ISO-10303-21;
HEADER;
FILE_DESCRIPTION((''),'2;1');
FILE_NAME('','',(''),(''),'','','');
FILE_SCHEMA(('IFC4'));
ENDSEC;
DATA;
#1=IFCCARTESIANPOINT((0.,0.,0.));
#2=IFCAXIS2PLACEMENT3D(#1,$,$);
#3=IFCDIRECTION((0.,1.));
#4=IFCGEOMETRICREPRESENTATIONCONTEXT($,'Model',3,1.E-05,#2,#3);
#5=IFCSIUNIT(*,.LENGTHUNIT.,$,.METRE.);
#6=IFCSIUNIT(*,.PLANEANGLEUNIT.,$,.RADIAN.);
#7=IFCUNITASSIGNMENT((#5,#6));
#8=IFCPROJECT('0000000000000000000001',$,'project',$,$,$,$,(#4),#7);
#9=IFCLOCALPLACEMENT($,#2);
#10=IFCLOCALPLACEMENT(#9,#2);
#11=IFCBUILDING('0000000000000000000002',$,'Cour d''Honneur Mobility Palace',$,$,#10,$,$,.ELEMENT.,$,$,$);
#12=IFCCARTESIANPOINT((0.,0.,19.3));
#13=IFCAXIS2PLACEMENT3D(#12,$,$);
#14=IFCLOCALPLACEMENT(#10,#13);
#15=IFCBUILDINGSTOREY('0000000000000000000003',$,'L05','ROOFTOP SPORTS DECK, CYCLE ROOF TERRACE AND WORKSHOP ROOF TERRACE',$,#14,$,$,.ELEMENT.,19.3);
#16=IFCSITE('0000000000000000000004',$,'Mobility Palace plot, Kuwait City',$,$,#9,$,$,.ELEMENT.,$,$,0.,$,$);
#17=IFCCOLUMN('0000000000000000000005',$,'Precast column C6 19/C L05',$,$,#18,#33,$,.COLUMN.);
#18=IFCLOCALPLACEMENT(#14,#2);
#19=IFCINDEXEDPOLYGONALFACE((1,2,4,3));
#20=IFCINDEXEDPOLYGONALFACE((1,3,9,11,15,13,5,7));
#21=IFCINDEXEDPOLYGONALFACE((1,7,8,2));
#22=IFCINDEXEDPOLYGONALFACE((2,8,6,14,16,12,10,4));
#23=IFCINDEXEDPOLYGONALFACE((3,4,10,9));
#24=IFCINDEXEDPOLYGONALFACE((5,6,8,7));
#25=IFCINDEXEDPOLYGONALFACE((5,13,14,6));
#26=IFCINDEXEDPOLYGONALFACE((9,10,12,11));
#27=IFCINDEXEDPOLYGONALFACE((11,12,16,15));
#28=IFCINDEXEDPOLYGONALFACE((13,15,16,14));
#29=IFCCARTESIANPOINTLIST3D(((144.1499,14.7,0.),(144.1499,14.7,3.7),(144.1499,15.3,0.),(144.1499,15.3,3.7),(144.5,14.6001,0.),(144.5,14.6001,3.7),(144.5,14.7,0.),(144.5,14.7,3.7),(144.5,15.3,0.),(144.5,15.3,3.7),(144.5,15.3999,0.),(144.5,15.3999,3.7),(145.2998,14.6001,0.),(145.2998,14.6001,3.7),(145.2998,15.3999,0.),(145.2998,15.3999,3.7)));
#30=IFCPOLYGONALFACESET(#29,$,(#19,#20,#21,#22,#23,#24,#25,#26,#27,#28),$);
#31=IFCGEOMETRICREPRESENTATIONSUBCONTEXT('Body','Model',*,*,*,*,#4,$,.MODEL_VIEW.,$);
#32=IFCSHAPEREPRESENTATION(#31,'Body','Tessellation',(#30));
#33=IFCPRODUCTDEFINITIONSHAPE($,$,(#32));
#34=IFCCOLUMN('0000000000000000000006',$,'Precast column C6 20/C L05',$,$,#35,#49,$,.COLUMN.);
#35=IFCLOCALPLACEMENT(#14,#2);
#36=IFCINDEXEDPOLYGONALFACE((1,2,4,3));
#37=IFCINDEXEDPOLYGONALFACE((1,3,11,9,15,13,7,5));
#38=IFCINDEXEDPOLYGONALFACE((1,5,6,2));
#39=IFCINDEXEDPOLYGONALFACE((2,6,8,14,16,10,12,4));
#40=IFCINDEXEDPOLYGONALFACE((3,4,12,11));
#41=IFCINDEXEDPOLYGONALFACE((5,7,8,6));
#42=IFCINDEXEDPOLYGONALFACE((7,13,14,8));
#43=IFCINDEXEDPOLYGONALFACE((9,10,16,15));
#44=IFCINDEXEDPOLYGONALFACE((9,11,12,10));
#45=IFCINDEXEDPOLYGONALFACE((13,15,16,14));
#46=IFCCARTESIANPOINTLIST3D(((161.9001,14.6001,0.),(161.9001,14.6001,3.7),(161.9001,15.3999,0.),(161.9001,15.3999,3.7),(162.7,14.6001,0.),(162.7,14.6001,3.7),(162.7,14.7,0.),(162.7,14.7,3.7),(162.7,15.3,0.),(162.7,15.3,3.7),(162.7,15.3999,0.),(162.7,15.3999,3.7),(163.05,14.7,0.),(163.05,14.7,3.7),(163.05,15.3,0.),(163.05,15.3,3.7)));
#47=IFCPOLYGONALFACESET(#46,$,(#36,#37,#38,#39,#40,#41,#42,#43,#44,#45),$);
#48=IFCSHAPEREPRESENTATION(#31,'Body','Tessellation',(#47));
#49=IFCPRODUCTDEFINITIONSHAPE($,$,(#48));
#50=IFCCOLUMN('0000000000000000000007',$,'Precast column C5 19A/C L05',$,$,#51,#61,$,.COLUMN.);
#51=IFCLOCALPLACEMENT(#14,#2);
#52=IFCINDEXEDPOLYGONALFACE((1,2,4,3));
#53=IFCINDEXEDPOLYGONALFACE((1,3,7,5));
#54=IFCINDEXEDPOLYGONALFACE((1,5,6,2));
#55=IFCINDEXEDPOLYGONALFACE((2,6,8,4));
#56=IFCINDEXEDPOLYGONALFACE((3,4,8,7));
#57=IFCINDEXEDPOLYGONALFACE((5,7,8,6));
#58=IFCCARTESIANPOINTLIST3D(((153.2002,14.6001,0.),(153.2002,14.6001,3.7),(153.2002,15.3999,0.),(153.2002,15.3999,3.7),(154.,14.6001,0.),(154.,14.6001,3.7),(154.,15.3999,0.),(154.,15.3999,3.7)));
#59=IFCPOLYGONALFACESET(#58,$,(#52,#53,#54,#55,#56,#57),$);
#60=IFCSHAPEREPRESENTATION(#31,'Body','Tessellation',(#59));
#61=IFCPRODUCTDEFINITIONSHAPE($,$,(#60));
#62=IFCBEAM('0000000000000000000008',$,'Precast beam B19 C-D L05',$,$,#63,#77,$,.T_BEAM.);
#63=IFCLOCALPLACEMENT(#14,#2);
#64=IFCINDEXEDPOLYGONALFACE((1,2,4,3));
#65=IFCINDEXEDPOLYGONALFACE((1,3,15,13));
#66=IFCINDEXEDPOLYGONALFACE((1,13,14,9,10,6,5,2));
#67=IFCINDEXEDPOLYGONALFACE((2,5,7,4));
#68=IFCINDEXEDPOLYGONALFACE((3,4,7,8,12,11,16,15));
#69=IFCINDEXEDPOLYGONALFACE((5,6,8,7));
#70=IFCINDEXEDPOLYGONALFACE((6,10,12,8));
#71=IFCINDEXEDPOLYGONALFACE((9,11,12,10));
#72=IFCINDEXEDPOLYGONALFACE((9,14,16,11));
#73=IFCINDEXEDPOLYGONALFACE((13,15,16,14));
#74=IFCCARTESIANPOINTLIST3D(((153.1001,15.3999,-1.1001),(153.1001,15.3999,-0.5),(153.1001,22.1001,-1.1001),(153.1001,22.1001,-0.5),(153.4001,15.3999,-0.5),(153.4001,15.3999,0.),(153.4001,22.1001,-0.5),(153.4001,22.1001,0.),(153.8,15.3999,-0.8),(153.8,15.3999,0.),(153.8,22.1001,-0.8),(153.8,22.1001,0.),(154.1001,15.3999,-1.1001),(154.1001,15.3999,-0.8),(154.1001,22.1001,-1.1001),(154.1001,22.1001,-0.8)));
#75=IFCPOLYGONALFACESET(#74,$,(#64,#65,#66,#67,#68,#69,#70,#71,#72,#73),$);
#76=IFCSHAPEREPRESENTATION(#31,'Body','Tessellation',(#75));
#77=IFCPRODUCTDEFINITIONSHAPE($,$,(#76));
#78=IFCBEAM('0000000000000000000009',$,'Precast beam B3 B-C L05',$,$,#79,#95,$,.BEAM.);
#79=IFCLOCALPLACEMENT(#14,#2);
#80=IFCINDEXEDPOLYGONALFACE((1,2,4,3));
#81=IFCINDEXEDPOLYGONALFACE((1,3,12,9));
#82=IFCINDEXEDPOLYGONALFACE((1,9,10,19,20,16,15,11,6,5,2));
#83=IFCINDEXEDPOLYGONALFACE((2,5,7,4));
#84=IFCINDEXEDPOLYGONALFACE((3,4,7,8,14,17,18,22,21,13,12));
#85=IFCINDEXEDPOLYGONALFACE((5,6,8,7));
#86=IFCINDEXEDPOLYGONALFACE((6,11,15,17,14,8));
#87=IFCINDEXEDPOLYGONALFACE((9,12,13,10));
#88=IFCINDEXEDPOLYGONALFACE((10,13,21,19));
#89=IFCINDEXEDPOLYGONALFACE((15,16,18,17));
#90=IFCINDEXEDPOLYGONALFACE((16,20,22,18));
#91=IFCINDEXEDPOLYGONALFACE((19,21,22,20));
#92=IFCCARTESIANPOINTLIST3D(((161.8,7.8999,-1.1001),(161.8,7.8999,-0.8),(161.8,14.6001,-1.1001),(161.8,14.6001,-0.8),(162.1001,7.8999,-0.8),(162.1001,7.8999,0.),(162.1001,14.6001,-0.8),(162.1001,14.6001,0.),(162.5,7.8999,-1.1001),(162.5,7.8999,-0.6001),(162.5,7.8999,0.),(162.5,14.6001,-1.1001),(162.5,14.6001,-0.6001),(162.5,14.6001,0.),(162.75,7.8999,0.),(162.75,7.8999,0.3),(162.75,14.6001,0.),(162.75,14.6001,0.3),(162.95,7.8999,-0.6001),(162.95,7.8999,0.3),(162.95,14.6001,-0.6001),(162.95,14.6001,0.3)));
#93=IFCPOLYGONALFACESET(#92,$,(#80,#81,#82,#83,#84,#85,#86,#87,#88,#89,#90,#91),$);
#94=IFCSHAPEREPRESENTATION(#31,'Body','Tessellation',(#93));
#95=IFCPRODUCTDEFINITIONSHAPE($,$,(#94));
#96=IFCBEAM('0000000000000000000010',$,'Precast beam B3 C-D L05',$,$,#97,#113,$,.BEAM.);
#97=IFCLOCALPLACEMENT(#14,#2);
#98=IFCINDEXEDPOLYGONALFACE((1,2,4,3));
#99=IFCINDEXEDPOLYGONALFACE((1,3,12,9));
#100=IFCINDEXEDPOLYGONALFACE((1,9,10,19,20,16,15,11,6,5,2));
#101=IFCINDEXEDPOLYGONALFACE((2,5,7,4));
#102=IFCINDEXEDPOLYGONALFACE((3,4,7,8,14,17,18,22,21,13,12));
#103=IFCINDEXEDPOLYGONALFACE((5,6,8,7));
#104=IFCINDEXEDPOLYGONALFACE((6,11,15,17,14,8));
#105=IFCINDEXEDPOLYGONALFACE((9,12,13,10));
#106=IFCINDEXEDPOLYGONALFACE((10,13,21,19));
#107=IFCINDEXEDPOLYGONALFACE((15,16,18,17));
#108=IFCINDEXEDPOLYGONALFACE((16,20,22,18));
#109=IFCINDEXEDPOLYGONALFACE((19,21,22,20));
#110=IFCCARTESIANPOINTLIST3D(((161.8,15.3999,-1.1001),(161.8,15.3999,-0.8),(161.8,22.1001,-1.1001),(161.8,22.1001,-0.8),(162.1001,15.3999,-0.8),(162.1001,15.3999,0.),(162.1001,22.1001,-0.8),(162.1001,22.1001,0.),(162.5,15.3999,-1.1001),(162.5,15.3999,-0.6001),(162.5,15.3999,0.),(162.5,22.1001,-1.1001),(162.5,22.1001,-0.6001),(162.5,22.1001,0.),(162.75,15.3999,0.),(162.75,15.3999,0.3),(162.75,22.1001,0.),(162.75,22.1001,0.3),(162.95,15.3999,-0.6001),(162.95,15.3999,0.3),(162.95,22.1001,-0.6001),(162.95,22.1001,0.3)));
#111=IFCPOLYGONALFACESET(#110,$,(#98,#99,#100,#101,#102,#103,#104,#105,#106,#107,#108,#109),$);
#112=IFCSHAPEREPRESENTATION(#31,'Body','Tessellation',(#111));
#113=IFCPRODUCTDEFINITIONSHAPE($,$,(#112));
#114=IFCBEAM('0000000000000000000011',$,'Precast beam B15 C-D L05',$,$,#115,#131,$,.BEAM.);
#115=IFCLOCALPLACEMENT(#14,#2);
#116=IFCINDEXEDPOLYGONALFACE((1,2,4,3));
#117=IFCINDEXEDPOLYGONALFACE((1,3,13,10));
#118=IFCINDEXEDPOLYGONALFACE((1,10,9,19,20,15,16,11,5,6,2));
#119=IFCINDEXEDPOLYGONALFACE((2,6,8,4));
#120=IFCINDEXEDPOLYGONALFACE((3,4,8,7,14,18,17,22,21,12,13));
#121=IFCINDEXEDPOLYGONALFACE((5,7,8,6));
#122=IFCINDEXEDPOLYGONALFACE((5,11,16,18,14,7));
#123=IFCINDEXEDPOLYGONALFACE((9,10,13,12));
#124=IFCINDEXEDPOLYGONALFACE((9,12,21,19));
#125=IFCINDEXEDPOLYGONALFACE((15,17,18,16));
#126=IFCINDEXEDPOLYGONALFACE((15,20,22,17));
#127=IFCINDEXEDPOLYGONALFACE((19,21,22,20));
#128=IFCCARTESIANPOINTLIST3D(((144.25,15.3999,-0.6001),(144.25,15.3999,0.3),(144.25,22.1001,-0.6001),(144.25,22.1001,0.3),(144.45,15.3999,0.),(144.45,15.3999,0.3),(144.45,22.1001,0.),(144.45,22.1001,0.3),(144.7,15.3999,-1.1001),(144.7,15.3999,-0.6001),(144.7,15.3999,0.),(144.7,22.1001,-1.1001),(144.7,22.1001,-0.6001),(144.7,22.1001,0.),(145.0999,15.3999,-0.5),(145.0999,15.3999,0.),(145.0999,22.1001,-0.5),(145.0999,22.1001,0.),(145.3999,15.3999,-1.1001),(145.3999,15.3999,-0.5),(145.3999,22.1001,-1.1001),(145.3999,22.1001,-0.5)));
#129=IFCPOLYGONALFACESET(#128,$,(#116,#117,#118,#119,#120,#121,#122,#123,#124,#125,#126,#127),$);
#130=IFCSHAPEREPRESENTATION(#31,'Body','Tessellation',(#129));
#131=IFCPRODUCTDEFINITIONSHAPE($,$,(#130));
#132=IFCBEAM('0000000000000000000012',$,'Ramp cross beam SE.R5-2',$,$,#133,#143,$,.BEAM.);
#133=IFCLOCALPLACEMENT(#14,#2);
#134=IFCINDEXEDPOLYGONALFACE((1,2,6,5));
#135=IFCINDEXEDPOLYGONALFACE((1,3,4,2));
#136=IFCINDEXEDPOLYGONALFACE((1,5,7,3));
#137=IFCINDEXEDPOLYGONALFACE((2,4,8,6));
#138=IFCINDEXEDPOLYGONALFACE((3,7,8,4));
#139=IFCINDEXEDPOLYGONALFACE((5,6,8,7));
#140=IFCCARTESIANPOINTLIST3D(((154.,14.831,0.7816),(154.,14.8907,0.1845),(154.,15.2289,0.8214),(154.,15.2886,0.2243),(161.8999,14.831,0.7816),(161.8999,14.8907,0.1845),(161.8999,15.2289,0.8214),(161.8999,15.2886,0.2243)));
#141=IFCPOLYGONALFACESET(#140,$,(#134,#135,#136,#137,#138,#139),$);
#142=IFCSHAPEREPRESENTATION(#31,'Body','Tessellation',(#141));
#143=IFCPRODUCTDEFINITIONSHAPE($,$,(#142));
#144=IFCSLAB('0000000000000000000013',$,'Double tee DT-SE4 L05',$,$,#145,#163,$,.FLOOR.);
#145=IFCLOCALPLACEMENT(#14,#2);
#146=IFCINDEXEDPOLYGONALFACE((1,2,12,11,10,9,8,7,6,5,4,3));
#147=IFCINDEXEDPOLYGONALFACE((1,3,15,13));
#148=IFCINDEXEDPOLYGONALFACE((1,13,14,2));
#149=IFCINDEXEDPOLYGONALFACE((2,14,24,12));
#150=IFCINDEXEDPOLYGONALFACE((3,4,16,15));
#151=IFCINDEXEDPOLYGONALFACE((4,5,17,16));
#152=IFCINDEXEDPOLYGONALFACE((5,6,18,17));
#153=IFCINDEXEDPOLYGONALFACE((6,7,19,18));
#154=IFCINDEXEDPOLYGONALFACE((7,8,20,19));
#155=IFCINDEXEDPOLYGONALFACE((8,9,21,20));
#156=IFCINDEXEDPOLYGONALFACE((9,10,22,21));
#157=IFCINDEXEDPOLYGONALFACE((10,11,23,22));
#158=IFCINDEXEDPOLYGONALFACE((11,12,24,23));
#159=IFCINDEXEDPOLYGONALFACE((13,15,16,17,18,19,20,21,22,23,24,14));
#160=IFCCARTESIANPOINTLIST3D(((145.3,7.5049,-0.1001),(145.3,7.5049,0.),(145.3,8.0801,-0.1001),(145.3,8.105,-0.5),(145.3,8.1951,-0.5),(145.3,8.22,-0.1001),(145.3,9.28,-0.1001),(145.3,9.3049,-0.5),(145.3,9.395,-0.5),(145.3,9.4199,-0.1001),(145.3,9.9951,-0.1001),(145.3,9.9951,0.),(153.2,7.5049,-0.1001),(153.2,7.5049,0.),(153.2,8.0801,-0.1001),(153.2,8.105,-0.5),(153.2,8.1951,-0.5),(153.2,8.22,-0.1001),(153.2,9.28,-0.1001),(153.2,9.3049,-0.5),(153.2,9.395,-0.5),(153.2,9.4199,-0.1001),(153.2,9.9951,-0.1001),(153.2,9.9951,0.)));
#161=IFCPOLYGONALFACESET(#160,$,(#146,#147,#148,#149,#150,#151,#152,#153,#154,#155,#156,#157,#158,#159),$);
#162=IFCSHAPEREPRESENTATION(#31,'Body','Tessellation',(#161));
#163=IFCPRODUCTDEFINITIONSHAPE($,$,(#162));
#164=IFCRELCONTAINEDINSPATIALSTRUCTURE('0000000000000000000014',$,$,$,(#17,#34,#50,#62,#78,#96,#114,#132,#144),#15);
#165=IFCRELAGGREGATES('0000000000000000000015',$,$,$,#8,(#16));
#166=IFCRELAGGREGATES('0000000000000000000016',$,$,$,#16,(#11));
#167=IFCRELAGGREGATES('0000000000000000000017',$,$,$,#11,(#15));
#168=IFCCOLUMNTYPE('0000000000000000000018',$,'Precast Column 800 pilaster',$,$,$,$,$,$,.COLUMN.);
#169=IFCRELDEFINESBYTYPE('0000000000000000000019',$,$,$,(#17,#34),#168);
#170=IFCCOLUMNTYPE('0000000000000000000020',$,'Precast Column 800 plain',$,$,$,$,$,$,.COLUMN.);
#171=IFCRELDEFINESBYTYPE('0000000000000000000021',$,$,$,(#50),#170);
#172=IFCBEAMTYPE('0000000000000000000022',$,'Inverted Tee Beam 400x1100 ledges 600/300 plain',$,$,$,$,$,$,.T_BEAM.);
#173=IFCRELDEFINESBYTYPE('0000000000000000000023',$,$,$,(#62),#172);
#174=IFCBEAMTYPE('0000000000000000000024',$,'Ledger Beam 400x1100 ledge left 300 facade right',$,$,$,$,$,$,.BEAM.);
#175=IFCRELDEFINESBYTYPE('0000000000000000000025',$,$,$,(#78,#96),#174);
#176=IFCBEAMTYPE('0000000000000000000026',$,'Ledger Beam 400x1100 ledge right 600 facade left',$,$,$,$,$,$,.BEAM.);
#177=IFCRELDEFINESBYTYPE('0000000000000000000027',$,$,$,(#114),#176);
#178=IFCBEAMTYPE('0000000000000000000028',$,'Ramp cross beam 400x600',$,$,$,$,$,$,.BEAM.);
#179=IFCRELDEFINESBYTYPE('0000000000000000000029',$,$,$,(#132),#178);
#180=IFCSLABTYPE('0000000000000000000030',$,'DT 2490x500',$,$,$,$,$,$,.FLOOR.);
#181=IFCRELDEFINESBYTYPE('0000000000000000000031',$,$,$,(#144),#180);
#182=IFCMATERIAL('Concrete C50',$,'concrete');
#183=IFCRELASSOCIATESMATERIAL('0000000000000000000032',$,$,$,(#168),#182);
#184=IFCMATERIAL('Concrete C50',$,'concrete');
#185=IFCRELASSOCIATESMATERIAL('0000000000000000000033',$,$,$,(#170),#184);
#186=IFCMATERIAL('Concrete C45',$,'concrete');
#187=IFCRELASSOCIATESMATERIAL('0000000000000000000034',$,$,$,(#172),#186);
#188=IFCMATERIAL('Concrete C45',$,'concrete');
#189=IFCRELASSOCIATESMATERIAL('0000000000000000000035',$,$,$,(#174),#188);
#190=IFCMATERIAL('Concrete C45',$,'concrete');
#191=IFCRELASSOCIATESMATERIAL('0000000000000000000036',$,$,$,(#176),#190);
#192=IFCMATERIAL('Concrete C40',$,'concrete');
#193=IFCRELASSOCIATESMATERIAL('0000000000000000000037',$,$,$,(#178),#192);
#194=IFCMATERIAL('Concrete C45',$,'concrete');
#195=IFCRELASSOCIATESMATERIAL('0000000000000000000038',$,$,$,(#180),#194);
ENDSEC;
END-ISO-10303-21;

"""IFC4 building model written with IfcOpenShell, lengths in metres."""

from ifc_helpers import new_model, si_unit, direction, frame, origin, origin_2d, place, context, subcontext, project, spatial, polyline, rectangle, outline, extrude, material, material_profile, profile_set, type_object, element, save


model = new_model("IFC4")

# Units and contexts
model_context = context("Model", 3, precision=1e-05, world=origin(), true_north=direction((0.0, 1.0)))
body_context = subcontext(model_context, "Body", "Model", "MODEL_VIEW")
ifc_project = project(units=[si_unit("LENGTHUNIT", "METRE"), si_unit("PLANEANGLEUNIT", "RADIAN")], contexts=[model_context])

# Site, building, storey
site_placement = place(None, origin())
site = spatial("IfcSite", under=ifc_project, at=site_placement, Name="Mobility Palace plot, Kuwait City", CompositionType="ELEMENT", RefElevation=0.0)
building_placement = place(site_placement, origin())
building = spatial("IfcBuilding", under=site, at=building_placement, Name="Cour d'Honneur Mobility Palace", CompositionType="ELEMENT")
storey_placement = place(building_placement, frame((0.0, 0.0, 19.3)))
storey = spatial("IfcBuildingStorey", under=building, at=storey_placement, Name="L05", Description="ROOFTOP SPORTS DECK, CYCLE ROOF TERRACE AND WORKSHOP ROOF TERRACE", CompositionType="ELEMENT", Elevation=19.3)

# Columns
ifc_material_1 = material(Name="Concrete C50", Category="concrete")
ifc_material_profile_1 = material_profile(ifc_material_1, outline(polyline([(-0.3999, -0.3999), (0.3999, -0.3999), (0.3999, -0.3), (0.75, -0.3), (0.75, 0.3), (0.3999, 0.3), (0.3999, 0.3999), (-0.3999, 0.3999), (-0.3999, -0.3999)])), Name="PC C800 pilaster")
ifc_profile_set_1 = profile_set([ifc_material_profile_1], Name="Concrete C50")
column_type_1 = type_object("IfcColumnType", Name="Precast Column 800 pilaster", PredefinedType="COLUMN", material=ifc_profile_set_1)
for number, where, z_axis, x_axis, name in (
    (1, (144.8999, 15.0, 0.0), (0.0, 0.0, 1.0), (-1.0, 0.0, 0.0), "Precast column C6 19/C L05"),
    (2, (162.3, 15.0, 0.0), (0.0, 0.0, 1.0), (1.0, 0.0, 0.0), "Precast column C6 20/C L05"),
):
    element("IfcColumn", number, at=place(storey_placement, frame(where, z_axis=z_axis, x_axis=x_axis)), inside=storey, type_object=column_type_1, Name=name, PredefinedType="COLUMN", context=body_context, shape_type="SweptSolid", body=[
        extrude(outline(polyline([(-0.3999, -0.3999), (0.3999, -0.3999), (0.3999, -0.3), (0.75, -0.3), (0.75, 0.3), (0.3999, 0.3), (0.3999, 0.3999), (-0.3999, 0.3999), (-0.3999, -0.3999)])), origin(), (0.0, 0.0, 1.0), 3.7),
    ])
ifc_material_2 = material(Name="Concrete C50", Category="concrete")
ifc_material_profile_2 = material_profile(ifc_material_2, outline(polyline([(-0.3999, -0.3999), (0.3999, -0.3999), (0.3999, 0.3999), (-0.3999, 0.3999), (-0.3999, -0.3999)])), Name="PC C800 plain")
ifc_profile_set_2 = profile_set([ifc_material_profile_2], Name="Concrete C50")
column_type_2 = type_object("IfcColumnType", Name="Precast Column 800 plain", PredefinedType="COLUMN", material=ifc_profile_set_2)
column_placement = place(storey_placement, frame((153.6001, 15.0, 0.0), z_axis=(0.0, 0.0, 1.0), x_axis=(1.0, 0.0, 0.0)))
element("IfcColumn", 3, at=column_placement, inside=storey, type_object=column_type_2, Name="Precast column C5 19A/C L05", PredefinedType="COLUMN", context=body_context, shape_type="SweptSolid", body=[
    extrude(outline(polyline([(-0.3999, -0.3999), (0.3999, -0.3999), (0.3999, 0.3999), (-0.3999, 0.3999), (-0.3999, -0.3999)])), origin(), (0.0, 0.0, 1.0), 3.7),
])

# Beams
ifc_material_3 = material(Name="Concrete C45", Category="concrete")
ifc_material_profile_3 = material_profile(ifc_material_3, outline(polyline([(0.5, -1.1001), (0.5, -0.5), (0.2, -0.5), (0.2, 0.0), (-0.2, 0.0), (-0.2, -0.8), (-0.5, -0.8), (-0.5, -1.1001), (0.5, -1.1001)])), Name="Inverted Tee Beam 400x1100 ledges 600/300 plain")
ifc_profile_set_3 = profile_set([ifc_material_profile_3], Name="Concrete C45")
beam_type_1 = type_object("IfcBeamType", Name="Inverted Tee Beam 400x1100 ledges 600/300 plain", PredefinedType="T_BEAM", material=ifc_profile_set_3)
beam_1_placement = place(storey_placement, frame((153.6001, 15.3999, 0.0), z_axis=(0.0, 1.0, 0.0), x_axis=(-1.0, 0.0, 0.0)))
element("IfcBeam", 4, at=beam_1_placement, inside=storey, type_object=beam_type_1, Name="Precast beam B19 C-D L05", PredefinedType="T_BEAM", context=body_context, shape_type="SweptSolid", body=[
    extrude(outline(polyline([(0.5, -1.1001), (0.5, -0.5), (0.2, -0.5), (0.2, 0.0), (-0.2, 0.0), (-0.2, -0.8), (-0.5, -0.8), (-0.5, -1.1001), (0.5, -1.1001)])), origin(), (0.0, 0.0, 1.0), 6.7002),
])
ifc_material_4 = material(Name="Concrete C45", Category="concrete")
ifc_material_profile_4 = material_profile(ifc_material_4, outline(polyline([(0.5, -1.1001), (0.5, -0.8), (0.2, -0.8), (0.2, 0.0), (-0.2, 0.0), (-0.45, 0.0), (-0.45, 0.3), (-0.6499, 0.3), (-0.6499, -0.6001), (-0.2, -0.6001), (-0.2, -1.1001), (0.5, -1.1001)])), Name="Ledger Beam 400x1100 ledge left 300 facade right")
ifc_profile_set_4 = profile_set([ifc_material_profile_4], Name="Concrete C45")
beam_type_2 = type_object("IfcBeamType", Name="Ledger Beam 400x1100 ledge left 300 facade right", PredefinedType="BEAM", material=ifc_profile_set_4)
for number, where, z_axis, x_axis, name in (
    (5, (162.3, 7.8999, 0.0), (0.0, 1.0, 0.0), (-1.0, 0.0, 0.0), "Precast beam B3 B-C L05"),
    (6, (162.3, 15.3999, 0.0), (0.0, 1.0, 0.0), (-1.0, 0.0, 0.0), "Precast beam B3 C-D L05"),
):
    element("IfcBeam", number, at=place(storey_placement, frame(where, z_axis=z_axis, x_axis=x_axis)), inside=storey, type_object=beam_type_2, Name=name, PredefinedType="BEAM", context=body_context, shape_type="SweptSolid", body=[
        extrude(outline(polyline([(0.5, -1.1001), (0.5, -0.8), (0.2, -0.8), (0.2, 0.0), (-0.2, 0.0), (-0.45, 0.0), (-0.45, 0.3), (-0.6499, 0.3), (-0.6499, -0.6001), (-0.2, -0.6001), (-0.2, -1.1001), (0.5, -1.1001)])), origin(), (0.0, 0.0, 1.0), 6.7002),
    ])
ifc_material_5 = material(Name="Concrete C45", Category="concrete")
ifc_material_profile_5 = material_profile(ifc_material_5, outline(polyline([(0.2, -1.1001), (0.2, -0.6001), (0.6499, -0.6001), (0.6499, 0.3), (0.45, 0.3), (0.45, 0.0), (0.2, 0.0), (-0.2, 0.0), (-0.2, -0.5), (-0.5, -0.5), (-0.5, -1.1001), (0.2, -1.1001)])), Name="Ledger Beam 400x1100 ledge right 600 facade left")
ifc_profile_set_5 = profile_set([ifc_material_profile_5], Name="Concrete C45")
beam_type_3 = type_object("IfcBeamType", Name="Ledger Beam 400x1100 ledge right 600 facade left", PredefinedType="BEAM", material=ifc_profile_set_5)
beam_2_placement = place(storey_placement, frame((144.8999, 15.3999, 0.0), z_axis=(0.0, 1.0, 0.0), x_axis=(-1.0, 0.0, 0.0)))
element("IfcBeam", 7, at=beam_2_placement, inside=storey, type_object=beam_type_3, Name="Precast beam B15 C-D L05", PredefinedType="BEAM", context=body_context, shape_type="SweptSolid", body=[
    extrude(outline(polyline([(0.2, -1.1001), (0.2, -0.6001), (0.6499, -0.6001), (0.6499, 0.3), (0.45, 0.3), (0.45, 0.0), (0.2, 0.0), (-0.2, 0.0), (-0.2, -0.5), (-0.5, -0.5), (-0.5, -1.1001), (0.2, -1.1001)])), origin(), (0.0, 0.0, 1.0), 6.7002),
])
ifc_material_6 = material(Name="Concrete C40", Category="concrete")
ifc_material_profile_6 = material_profile(ifc_material_6, rectangle(XDim=0.3999, YDim=0.6001, at=origin_2d()), Name="Ramp cross beam 400x600")
ifc_profile_set_6 = profile_set([ifc_material_profile_6], Name="Concrete C40")
beam_type_4 = type_object("IfcBeamType", Name="Ramp cross beam 400x600", PredefinedType="BEAM", material=ifc_profile_set_6)
beam_3_placement = place(storey_placement, frame((161.8999, 15.0598, 0.5029), z_axis=(-1.0, 0.0, 0.0), x_axis=(0.0, -0.995037, -0.099504)))
element("IfcBeam", 8, at=beam_3_placement, inside=storey, type_object=beam_type_4, Name="Ramp cross beam SE.R5-2", PredefinedType="BEAM", context=body_context, shape_type="SweptSolid", body=[
    extrude(rectangle(XDim=0.3999, YDim=0.6001, at=origin_2d()), origin(), (0.0, 0.0, 1.0), 7.8999),
])

# Slab
ifc_material_7 = material(Name="Concrete C45", Category="concrete")
ifc_material_profile_7 = material_profile(ifc_material_7, outline(polyline([(-1.2451, 0.0), (1.2451, 0.0), (1.2451, -0.1001), (0.6699, -0.1001), (0.645, -0.5), (0.5549, -0.5), (0.53, -0.1001), (-0.53, -0.1001), (-0.5549, -0.5), (-0.645, -0.5), (-0.6699, -0.1001), (-1.2451, -0.1001), (-1.2451, 0.0)])), Name="DT 2490x500")
ifc_profile_set_7 = profile_set([ifc_material_profile_7], Name="Concrete C45")
slab_type = type_object("IfcSlabType", Name="DT 2490x500", PredefinedType="FLOOR", material=ifc_profile_set_7)
slab_1_placement = place(storey_placement, frame((145.3, 8.75, 0.0), z_axis=(1.0, 0.0, 0.0), x_axis=(0.0, 1.0, 0.0)))
element("IfcSlab", 9, at=slab_1_placement, inside=storey, type_object=slab_type, Name="Double tee DT-SE4 L05", PredefinedType="FLOOR", context=body_context, shape_type="SweptSolid", body=[
    extrude(outline(polyline([(-1.2451, 0.0), (1.2451, 0.0), (1.2451, -0.1001), (0.6699, -0.1001), (0.645, -0.5), (0.5549, -0.5), (0.53, -0.1001), (-0.53, -0.1001), (-0.5549, -0.5), (-0.645, -0.5), (-0.6699, -0.1001), (-1.2451, -0.1001), (-1.2451, 0.0)])), origin(), (0.0, 0.0, 1.0), 7.8999),
])

save(model, "model.ifc")
